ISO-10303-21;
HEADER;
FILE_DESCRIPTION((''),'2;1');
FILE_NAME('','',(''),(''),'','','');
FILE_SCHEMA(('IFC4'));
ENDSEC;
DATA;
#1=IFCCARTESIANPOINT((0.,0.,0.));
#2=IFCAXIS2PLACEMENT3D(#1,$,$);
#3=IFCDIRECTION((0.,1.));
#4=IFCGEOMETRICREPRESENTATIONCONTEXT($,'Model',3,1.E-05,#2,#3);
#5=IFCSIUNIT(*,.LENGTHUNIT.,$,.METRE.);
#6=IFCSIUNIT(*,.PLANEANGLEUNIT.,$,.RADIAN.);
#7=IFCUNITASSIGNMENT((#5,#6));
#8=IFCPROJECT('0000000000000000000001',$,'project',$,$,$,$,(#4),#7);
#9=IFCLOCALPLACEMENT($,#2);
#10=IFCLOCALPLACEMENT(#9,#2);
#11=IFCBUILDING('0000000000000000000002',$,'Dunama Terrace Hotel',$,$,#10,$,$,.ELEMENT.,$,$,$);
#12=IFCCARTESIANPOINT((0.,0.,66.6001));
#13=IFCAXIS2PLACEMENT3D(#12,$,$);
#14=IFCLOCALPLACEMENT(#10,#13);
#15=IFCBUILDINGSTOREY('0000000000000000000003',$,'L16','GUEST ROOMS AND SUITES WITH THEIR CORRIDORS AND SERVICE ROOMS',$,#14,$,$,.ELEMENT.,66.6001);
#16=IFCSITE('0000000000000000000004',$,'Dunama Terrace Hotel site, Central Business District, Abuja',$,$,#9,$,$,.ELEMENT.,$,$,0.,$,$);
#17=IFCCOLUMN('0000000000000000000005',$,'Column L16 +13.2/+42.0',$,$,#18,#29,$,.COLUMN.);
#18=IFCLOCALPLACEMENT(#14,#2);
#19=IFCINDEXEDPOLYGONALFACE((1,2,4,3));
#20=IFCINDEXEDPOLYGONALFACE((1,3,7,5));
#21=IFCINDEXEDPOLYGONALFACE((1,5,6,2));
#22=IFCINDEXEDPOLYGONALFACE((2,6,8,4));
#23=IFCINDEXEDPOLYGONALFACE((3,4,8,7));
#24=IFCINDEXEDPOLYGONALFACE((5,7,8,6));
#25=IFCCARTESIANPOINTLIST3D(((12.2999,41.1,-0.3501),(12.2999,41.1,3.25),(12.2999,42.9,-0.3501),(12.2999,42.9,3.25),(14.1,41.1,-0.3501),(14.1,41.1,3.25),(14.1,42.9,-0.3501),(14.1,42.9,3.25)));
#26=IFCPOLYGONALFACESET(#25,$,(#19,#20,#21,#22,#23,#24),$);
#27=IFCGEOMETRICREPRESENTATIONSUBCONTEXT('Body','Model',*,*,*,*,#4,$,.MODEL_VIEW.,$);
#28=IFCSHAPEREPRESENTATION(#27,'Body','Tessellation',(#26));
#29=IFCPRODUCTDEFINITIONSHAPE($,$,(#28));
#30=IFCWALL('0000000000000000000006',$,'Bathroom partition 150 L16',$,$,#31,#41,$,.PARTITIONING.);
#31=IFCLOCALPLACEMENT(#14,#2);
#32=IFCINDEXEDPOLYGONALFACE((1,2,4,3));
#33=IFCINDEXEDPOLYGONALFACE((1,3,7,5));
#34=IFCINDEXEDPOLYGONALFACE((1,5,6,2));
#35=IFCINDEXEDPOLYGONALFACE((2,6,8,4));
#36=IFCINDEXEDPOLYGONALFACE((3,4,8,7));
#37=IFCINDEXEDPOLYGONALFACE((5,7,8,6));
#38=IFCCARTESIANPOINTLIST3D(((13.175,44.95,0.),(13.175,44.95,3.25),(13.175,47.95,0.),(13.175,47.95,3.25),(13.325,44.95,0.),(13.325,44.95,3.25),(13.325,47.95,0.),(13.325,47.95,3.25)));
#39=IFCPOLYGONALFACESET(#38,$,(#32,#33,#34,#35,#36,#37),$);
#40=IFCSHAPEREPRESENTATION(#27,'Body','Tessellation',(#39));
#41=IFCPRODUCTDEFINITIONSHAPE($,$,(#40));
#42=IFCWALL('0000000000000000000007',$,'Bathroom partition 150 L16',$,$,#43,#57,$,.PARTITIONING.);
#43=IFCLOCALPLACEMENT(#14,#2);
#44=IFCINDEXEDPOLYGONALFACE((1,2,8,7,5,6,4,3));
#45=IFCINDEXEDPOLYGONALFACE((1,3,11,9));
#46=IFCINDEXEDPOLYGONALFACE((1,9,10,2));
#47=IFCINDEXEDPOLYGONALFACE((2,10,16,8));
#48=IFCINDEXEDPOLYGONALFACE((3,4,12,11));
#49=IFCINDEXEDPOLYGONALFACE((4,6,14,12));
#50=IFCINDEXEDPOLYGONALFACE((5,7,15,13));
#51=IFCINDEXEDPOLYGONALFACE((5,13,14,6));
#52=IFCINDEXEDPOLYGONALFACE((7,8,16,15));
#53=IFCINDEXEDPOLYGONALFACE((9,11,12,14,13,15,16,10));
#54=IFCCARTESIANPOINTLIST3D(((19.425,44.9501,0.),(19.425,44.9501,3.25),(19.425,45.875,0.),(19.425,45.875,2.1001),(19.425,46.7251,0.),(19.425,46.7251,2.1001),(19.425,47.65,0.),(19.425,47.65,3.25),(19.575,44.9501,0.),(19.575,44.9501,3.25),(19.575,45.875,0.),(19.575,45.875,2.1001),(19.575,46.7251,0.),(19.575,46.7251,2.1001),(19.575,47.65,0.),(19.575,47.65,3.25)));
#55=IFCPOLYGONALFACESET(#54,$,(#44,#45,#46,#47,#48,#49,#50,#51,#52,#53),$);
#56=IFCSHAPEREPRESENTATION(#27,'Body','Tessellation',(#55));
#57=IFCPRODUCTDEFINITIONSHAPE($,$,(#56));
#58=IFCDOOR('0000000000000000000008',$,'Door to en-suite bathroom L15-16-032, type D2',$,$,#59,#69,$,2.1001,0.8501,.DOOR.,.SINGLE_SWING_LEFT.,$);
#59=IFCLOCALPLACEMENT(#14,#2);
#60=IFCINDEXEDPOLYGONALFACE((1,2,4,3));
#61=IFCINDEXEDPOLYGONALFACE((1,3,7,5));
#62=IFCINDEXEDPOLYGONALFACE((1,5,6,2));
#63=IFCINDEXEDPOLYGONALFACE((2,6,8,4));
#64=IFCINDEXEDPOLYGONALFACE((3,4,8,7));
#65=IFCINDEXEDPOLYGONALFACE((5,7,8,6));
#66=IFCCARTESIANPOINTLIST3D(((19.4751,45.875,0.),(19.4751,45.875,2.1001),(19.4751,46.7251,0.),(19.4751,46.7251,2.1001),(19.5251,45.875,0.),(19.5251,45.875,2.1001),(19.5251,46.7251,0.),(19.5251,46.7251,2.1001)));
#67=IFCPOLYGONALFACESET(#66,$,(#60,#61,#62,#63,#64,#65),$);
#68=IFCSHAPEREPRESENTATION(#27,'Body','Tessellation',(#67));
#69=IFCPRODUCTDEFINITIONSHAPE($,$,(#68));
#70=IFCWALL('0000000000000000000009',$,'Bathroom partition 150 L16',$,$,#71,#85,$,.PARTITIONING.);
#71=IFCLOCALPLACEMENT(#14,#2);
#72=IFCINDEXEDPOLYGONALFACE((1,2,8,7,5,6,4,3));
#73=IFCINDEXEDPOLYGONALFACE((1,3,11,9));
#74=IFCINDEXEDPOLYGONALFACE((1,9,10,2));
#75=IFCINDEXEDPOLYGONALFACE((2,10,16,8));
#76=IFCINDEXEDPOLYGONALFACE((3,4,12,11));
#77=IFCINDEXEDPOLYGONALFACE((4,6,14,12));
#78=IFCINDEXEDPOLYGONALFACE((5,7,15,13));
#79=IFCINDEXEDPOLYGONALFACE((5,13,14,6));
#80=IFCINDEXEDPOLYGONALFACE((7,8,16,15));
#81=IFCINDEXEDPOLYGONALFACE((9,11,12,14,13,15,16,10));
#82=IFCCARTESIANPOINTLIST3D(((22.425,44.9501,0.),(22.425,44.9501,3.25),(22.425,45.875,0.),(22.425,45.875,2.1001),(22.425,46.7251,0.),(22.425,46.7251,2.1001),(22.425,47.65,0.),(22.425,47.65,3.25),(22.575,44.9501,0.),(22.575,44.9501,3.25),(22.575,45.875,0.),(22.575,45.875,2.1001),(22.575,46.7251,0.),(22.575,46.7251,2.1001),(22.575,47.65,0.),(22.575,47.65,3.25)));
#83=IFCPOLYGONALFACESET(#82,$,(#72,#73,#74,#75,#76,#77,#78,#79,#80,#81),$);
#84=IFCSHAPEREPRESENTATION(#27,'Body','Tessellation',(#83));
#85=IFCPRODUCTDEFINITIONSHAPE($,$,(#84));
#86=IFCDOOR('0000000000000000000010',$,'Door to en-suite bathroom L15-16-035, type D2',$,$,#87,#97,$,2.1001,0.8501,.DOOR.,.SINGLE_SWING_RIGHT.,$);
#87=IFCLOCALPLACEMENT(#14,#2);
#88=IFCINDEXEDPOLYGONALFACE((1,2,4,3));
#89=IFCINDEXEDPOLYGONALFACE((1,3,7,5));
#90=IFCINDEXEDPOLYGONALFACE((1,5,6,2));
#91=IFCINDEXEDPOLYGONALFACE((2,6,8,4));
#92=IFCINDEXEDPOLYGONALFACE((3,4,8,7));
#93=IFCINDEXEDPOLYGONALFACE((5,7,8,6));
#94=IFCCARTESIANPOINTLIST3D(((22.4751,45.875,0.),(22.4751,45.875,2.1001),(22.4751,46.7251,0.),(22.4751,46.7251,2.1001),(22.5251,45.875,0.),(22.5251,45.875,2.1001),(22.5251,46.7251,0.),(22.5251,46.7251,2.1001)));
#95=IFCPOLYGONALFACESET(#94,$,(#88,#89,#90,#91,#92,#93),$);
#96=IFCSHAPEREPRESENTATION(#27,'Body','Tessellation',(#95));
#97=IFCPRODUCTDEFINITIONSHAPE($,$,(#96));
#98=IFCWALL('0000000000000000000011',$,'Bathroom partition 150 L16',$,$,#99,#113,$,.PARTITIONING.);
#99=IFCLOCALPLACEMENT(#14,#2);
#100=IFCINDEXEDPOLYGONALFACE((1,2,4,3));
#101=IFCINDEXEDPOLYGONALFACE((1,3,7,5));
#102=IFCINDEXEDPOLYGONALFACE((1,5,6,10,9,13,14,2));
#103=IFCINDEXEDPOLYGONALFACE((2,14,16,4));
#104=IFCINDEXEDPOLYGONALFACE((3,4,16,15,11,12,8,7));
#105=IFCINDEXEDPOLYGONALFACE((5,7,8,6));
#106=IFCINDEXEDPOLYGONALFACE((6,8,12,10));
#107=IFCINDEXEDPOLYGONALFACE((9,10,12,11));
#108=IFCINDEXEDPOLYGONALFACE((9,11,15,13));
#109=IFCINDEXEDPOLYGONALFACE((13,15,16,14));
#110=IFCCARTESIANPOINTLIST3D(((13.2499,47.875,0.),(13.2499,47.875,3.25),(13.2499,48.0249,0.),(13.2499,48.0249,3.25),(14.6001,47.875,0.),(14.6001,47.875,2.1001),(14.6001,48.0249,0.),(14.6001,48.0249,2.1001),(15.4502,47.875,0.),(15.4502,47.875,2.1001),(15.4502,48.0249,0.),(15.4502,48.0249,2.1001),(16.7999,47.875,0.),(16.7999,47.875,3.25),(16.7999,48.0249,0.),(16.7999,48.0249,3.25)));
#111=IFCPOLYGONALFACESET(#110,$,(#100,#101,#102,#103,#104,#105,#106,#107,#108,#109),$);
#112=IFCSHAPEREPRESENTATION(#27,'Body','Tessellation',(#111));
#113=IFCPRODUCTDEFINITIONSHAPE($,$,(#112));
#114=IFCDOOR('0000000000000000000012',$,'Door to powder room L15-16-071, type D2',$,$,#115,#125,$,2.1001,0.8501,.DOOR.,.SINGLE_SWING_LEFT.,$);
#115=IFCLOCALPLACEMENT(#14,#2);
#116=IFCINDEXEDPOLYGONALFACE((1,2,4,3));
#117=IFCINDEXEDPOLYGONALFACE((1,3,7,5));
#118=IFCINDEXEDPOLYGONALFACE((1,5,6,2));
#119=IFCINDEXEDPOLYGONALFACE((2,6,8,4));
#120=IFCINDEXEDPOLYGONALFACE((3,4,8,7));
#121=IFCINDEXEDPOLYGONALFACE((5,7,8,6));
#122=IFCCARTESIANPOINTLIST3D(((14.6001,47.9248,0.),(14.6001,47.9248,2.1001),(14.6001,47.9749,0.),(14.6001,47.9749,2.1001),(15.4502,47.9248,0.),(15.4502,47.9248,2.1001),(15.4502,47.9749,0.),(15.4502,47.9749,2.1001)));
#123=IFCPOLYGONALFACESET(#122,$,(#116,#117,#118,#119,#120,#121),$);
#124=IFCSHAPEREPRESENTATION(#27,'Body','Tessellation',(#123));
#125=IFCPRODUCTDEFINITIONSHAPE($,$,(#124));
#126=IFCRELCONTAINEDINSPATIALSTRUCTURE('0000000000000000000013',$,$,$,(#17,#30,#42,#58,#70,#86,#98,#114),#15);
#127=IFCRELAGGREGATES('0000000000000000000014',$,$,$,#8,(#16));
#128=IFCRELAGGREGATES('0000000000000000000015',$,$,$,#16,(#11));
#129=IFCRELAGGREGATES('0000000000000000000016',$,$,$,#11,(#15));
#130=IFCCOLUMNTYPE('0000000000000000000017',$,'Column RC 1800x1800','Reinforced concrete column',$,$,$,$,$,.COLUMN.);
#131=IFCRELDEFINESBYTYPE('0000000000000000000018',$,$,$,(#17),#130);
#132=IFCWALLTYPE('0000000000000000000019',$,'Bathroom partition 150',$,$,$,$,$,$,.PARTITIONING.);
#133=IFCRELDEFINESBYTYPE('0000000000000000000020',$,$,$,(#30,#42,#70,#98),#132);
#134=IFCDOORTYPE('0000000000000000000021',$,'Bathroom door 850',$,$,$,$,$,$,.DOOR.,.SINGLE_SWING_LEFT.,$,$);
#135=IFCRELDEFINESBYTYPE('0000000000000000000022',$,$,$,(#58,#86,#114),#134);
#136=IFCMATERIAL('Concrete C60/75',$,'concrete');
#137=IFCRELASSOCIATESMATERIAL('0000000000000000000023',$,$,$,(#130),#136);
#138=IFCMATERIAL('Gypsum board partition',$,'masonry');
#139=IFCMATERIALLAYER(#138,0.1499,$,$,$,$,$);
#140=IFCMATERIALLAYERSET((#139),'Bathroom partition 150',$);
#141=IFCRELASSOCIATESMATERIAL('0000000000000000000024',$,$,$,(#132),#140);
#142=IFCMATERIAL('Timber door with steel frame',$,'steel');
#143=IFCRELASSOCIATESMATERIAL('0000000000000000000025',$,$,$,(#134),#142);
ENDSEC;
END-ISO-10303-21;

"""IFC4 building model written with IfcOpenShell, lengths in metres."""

from ifc_helpers import new_model, si_unit, direction, frame, frame_2d, origin, origin_2d, place, context, subcontext, project, spatial, rectangle, extrude, material, layer, layer_set, material_profile, profile_set, type_object, element, fill, save


model = new_model("IFC4")

# Units and contexts
model_context = context("Model", 3, precision=1e-05, world=origin(), true_north=direction((0.0, 1.0)))
body_context = subcontext(model_context, "Body", "Model", "MODEL_VIEW")
ifc_project = project(units=[si_unit("LENGTHUNIT", "METRE"), si_unit("PLANEANGLEUNIT", "RADIAN")], contexts=[model_context])

# Site, building, storey
site_placement = place(None, origin())
site = spatial("IfcSite", under=ifc_project, at=site_placement, Name="Dunama Terrace Hotel site, Central Business District, Abuja", CompositionType="ELEMENT", RefElevation=0.0)
building_placement = place(site_placement, origin())
building = spatial("IfcBuilding", under=site, at=building_placement, Name="Dunama Terrace Hotel", CompositionType="ELEMENT")
storey_placement = place(building_placement, frame((0.0, 0.0, 66.6001)))
storey = spatial("IfcBuildingStorey", under=building, at=storey_placement, Name="L16", Description="GUEST ROOMS AND SUITES WITH THEIR CORRIDORS AND SERVICE ROOMS", CompositionType="ELEMENT", Elevation=66.6001)

# Column
ifc_material_1 = material(Name="Concrete C60/75", Category="concrete")
ifc_material_profile = material_profile(ifc_material_1, rectangle(XDim=1.8, YDim=1.8, at=origin_2d()), Name="RC 1800x1800")
ifc_profile_set = profile_set([ifc_material_profile], Name="Concrete C60/75")
column_type = type_object("IfcColumnType", Name="Column RC 1800x1800", Description="Reinforced concrete column", PredefinedType="COLUMN", material=ifc_profile_set)
column_placement = place(storey_placement, frame((13.2, 42.0, -0.3501), z_axis=(0.0, 0.0, 1.0), x_axis=(1.0, 0.0, 0.0)))
element("IfcColumn", 1, at=column_placement, inside=storey, type_object=column_type, Name="Column L16 +13.2/+42.0", PredefinedType="COLUMN", context=body_context, shape_type="SweptSolid", body=[
    extrude(rectangle(XDim=1.8, YDim=1.8, at=origin_2d()), origin(), (0.0, 0.0, 1.0), 3.6001),
])

# Wall
ifc_material_2 = material(Name="Gypsum board partition", Category="masonry")
ifc_layer_1 = layer(ifc_material_2, 0.1499)
ifc_layer_set_1 = layer_set([ifc_layer_1], Name="Bathroom partition 150")
wall_type_1 = type_object("IfcWallType", Name="Bathroom partition 150", PredefinedType="PARTITIONING", material=ifc_layer_set_1)
wall_1_placement = place(storey_placement, frame((13.25, 44.95, 0.0), z_axis=(0.0, 0.0, 1.0), x_axis=(0.0, 1.0, 0.0)))
element("IfcWall", 2, at=wall_1_placement, inside=storey, type_object=wall_type_1, Name="Bathroom partition 150 L16", PredefinedType="PARTITIONING", context=body_context, shape_type="SweptSolid", body=[
    extrude(rectangle(XDim=3.0, YDim=0.1499, at=frame_2d((1.5, 0.0))), origin(), (0.0, 0.0, 1.0), 3.25),
])

# Walls, openings, doors
wall_2_placement = place(storey_placement, frame((19.5, 44.95, 0.0), z_axis=(0.0, 0.0, 1.0), x_axis=(0.0, 1.0, 0.0)))
wall_2 = element("IfcWall", 3, at=wall_2_placement, inside=storey, type_object=wall_type_1, Name="Bathroom partition 150 L16", PredefinedType="PARTITIONING", context=body_context, shape_type="SweptSolid", body=[
    extrude(rectangle(XDim=2.7, YDim=0.1499, at=frame_2d((1.3501, 0.0))), origin(), (0.0, 0.0, 1.0), 3.25),
])
opening_1_placement = place(wall_2_placement, frame((0.925, 0.0, 0.0)))
opening_1 = element("IfcOpeningElement", 4, at=opening_1_placement, cuts=wall_2, PredefinedType="OPENING", context=body_context, shape_type="SweptSolid", body=[
    extrude(rectangle(XDim=0.8501, YDim=2.1001, at=frame_2d((0.425, 1.05))), frame((0.0, 0.085, 0.0), z_axis=(0.0, -1.0, 0.0), x_axis=(1.0, 0.0, 0.0)), (0.0, 0.0, 1.0), 0.1699),
])
ifc_material_3 = material(Name="Timber door with steel frame", Category="steel")
door_type_1 = type_object("IfcDoorType", Name="Bathroom door 850", OperationType="SINGLE_SWING_LEFT", PredefinedType="DOOR", material=ifc_material_3)
door_1_placement = place(opening_1_placement, origin())
door_1 = element("IfcDoor", 5, at=door_1_placement, inside=storey, type_object=door_type_1, Name="Door to en-suite bathroom L15-16-032, type D2", OperationType="SINGLE_SWING_LEFT", OverallHeight=2.1001, OverallWidth=0.8501, PredefinedType="DOOR", context=body_context, shape_type="SweptSolid", body=[
    extrude(rectangle(XDim=0.8501, YDim=2.1001, at=frame_2d((0.425, 1.05))), frame((0.0, 0.0249, 0.0), z_axis=(0.0, -1.0, 0.0), x_axis=(1.0, 0.0, 0.0)), (0.0, 0.0, 1.0), 0.05),
])
fill(opening_1, door_1)
wall_3_placement = place(storey_placement, frame((22.5, 44.95, 0.0), z_axis=(0.0, 0.0, 1.0), x_axis=(0.0, 1.0, 0.0)))
wall_3 = element("IfcWall", 6, at=wall_3_placement, inside=storey, type_object=wall_type_1, Name="Bathroom partition 150 L16", PredefinedType="PARTITIONING", context=body_context, shape_type="SweptSolid", body=[
    extrude(rectangle(XDim=2.7, YDim=0.1499, at=frame_2d((1.3501, 0.0))), origin(), (0.0, 0.0, 1.0), 3.25),
])
opening_2_placement = place(wall_3_placement, frame((0.925, 0.0, 0.0)))
opening_2 = element("IfcOpeningElement", 7, at=opening_2_placement, cuts=wall_3, PredefinedType="OPENING", context=body_context, shape_type="SweptSolid", body=[
    extrude(rectangle(XDim=0.8501, YDim=2.1001, at=frame_2d((0.425, 1.05))), frame((0.0, 0.085, 0.0), z_axis=(0.0, -1.0, 0.0), x_axis=(1.0, 0.0, 0.0)), (0.0, 0.0, 1.0), 0.1699),
])
door_2_placement = place(opening_2_placement, frame((0.8501, 0.0, 0.0), z_axis=(0.0, 0.0, 1.0), x_axis=(-1.0, 0.0, 0.0)))
door_2 = element("IfcDoor", 8, at=door_2_placement, inside=storey, type_object=door_type_1, Name="Door to en-suite bathroom L15-16-035, type D2", OperationType="SINGLE_SWING_RIGHT", OverallHeight=2.1001, OverallWidth=0.8501, PredefinedType="DOOR", context=body_context, shape_type="SweptSolid", body=[
    extrude(rectangle(XDim=0.8501, YDim=2.1001, at=frame_2d((0.425, 1.05))), frame((0.0, 0.0251, 0.0), z_axis=(0.0, -1.0, 0.0), x_axis=(1.0, 0.0, 0.0)), (0.0, 0.0, 1.0), 0.05),
])
fill(opening_2, door_2)
wall_4_placement = place(storey_placement, frame((13.25, 47.95, 0.0), z_axis=(0.0, 0.0, 1.0), x_axis=(1.0, 0.0, 0.0)))
wall_4 = element("IfcWall", 9, at=wall_4_placement, inside=storey, type_object=wall_type_1, Name="Bathroom partition 150 L16", PredefinedType="PARTITIONING", context=body_context, shape_type="SweptSolid", body=[
    extrude(rectangle(XDim=3.55, YDim=0.1499, at=frame_2d((1.7749, 0.0))), origin(), (0.0, 0.0, 1.0), 3.25),
])
opening_3_placement = place(wall_4_placement, frame((1.3501, 0.0, 0.0)))
opening_3 = element("IfcOpeningElement", 10, at=opening_3_placement, cuts=wall_4, PredefinedType="OPENING", context=body_context, shape_type="SweptSolid", body=[
    extrude(rectangle(XDim=0.8501, YDim=2.1001, at=frame_2d((0.425, 1.05))), frame((0.0, 0.085, 0.0), z_axis=(0.0, -1.0, 0.0), x_axis=(1.0, 0.0, 0.0)), (0.0, 0.0, 1.0), 0.1699),
])
door_3_placement = place(opening_3_placement, frame((0.8501, 0.0, 0.0), z_axis=(0.0, 0.0, 1.0), x_axis=(-1.0, 0.0, 0.0)))
door_3 = element("IfcDoor", 11, at=door_3_placement, inside=storey, type_object=door_type_1, Name="Door to powder room L15-16-071, type D2", OperationType="SINGLE_SWING_LEFT", OverallHeight=2.1001, OverallWidth=0.8501, PredefinedType="DOOR", context=body_context, shape_type="SweptSolid", body=[
    extrude(rectangle(XDim=0.8501, YDim=2.1001, at=frame_2d((0.425, 1.05))), frame((0.0, 0.0251, 0.0), z_axis=(0.0, -1.0, 0.0), x_axis=(1.0, 0.0, 0.0)), (0.0, 0.0, 1.0), 0.05),
])
fill(opening_3, door_3)

save(model, "model.ifc")
